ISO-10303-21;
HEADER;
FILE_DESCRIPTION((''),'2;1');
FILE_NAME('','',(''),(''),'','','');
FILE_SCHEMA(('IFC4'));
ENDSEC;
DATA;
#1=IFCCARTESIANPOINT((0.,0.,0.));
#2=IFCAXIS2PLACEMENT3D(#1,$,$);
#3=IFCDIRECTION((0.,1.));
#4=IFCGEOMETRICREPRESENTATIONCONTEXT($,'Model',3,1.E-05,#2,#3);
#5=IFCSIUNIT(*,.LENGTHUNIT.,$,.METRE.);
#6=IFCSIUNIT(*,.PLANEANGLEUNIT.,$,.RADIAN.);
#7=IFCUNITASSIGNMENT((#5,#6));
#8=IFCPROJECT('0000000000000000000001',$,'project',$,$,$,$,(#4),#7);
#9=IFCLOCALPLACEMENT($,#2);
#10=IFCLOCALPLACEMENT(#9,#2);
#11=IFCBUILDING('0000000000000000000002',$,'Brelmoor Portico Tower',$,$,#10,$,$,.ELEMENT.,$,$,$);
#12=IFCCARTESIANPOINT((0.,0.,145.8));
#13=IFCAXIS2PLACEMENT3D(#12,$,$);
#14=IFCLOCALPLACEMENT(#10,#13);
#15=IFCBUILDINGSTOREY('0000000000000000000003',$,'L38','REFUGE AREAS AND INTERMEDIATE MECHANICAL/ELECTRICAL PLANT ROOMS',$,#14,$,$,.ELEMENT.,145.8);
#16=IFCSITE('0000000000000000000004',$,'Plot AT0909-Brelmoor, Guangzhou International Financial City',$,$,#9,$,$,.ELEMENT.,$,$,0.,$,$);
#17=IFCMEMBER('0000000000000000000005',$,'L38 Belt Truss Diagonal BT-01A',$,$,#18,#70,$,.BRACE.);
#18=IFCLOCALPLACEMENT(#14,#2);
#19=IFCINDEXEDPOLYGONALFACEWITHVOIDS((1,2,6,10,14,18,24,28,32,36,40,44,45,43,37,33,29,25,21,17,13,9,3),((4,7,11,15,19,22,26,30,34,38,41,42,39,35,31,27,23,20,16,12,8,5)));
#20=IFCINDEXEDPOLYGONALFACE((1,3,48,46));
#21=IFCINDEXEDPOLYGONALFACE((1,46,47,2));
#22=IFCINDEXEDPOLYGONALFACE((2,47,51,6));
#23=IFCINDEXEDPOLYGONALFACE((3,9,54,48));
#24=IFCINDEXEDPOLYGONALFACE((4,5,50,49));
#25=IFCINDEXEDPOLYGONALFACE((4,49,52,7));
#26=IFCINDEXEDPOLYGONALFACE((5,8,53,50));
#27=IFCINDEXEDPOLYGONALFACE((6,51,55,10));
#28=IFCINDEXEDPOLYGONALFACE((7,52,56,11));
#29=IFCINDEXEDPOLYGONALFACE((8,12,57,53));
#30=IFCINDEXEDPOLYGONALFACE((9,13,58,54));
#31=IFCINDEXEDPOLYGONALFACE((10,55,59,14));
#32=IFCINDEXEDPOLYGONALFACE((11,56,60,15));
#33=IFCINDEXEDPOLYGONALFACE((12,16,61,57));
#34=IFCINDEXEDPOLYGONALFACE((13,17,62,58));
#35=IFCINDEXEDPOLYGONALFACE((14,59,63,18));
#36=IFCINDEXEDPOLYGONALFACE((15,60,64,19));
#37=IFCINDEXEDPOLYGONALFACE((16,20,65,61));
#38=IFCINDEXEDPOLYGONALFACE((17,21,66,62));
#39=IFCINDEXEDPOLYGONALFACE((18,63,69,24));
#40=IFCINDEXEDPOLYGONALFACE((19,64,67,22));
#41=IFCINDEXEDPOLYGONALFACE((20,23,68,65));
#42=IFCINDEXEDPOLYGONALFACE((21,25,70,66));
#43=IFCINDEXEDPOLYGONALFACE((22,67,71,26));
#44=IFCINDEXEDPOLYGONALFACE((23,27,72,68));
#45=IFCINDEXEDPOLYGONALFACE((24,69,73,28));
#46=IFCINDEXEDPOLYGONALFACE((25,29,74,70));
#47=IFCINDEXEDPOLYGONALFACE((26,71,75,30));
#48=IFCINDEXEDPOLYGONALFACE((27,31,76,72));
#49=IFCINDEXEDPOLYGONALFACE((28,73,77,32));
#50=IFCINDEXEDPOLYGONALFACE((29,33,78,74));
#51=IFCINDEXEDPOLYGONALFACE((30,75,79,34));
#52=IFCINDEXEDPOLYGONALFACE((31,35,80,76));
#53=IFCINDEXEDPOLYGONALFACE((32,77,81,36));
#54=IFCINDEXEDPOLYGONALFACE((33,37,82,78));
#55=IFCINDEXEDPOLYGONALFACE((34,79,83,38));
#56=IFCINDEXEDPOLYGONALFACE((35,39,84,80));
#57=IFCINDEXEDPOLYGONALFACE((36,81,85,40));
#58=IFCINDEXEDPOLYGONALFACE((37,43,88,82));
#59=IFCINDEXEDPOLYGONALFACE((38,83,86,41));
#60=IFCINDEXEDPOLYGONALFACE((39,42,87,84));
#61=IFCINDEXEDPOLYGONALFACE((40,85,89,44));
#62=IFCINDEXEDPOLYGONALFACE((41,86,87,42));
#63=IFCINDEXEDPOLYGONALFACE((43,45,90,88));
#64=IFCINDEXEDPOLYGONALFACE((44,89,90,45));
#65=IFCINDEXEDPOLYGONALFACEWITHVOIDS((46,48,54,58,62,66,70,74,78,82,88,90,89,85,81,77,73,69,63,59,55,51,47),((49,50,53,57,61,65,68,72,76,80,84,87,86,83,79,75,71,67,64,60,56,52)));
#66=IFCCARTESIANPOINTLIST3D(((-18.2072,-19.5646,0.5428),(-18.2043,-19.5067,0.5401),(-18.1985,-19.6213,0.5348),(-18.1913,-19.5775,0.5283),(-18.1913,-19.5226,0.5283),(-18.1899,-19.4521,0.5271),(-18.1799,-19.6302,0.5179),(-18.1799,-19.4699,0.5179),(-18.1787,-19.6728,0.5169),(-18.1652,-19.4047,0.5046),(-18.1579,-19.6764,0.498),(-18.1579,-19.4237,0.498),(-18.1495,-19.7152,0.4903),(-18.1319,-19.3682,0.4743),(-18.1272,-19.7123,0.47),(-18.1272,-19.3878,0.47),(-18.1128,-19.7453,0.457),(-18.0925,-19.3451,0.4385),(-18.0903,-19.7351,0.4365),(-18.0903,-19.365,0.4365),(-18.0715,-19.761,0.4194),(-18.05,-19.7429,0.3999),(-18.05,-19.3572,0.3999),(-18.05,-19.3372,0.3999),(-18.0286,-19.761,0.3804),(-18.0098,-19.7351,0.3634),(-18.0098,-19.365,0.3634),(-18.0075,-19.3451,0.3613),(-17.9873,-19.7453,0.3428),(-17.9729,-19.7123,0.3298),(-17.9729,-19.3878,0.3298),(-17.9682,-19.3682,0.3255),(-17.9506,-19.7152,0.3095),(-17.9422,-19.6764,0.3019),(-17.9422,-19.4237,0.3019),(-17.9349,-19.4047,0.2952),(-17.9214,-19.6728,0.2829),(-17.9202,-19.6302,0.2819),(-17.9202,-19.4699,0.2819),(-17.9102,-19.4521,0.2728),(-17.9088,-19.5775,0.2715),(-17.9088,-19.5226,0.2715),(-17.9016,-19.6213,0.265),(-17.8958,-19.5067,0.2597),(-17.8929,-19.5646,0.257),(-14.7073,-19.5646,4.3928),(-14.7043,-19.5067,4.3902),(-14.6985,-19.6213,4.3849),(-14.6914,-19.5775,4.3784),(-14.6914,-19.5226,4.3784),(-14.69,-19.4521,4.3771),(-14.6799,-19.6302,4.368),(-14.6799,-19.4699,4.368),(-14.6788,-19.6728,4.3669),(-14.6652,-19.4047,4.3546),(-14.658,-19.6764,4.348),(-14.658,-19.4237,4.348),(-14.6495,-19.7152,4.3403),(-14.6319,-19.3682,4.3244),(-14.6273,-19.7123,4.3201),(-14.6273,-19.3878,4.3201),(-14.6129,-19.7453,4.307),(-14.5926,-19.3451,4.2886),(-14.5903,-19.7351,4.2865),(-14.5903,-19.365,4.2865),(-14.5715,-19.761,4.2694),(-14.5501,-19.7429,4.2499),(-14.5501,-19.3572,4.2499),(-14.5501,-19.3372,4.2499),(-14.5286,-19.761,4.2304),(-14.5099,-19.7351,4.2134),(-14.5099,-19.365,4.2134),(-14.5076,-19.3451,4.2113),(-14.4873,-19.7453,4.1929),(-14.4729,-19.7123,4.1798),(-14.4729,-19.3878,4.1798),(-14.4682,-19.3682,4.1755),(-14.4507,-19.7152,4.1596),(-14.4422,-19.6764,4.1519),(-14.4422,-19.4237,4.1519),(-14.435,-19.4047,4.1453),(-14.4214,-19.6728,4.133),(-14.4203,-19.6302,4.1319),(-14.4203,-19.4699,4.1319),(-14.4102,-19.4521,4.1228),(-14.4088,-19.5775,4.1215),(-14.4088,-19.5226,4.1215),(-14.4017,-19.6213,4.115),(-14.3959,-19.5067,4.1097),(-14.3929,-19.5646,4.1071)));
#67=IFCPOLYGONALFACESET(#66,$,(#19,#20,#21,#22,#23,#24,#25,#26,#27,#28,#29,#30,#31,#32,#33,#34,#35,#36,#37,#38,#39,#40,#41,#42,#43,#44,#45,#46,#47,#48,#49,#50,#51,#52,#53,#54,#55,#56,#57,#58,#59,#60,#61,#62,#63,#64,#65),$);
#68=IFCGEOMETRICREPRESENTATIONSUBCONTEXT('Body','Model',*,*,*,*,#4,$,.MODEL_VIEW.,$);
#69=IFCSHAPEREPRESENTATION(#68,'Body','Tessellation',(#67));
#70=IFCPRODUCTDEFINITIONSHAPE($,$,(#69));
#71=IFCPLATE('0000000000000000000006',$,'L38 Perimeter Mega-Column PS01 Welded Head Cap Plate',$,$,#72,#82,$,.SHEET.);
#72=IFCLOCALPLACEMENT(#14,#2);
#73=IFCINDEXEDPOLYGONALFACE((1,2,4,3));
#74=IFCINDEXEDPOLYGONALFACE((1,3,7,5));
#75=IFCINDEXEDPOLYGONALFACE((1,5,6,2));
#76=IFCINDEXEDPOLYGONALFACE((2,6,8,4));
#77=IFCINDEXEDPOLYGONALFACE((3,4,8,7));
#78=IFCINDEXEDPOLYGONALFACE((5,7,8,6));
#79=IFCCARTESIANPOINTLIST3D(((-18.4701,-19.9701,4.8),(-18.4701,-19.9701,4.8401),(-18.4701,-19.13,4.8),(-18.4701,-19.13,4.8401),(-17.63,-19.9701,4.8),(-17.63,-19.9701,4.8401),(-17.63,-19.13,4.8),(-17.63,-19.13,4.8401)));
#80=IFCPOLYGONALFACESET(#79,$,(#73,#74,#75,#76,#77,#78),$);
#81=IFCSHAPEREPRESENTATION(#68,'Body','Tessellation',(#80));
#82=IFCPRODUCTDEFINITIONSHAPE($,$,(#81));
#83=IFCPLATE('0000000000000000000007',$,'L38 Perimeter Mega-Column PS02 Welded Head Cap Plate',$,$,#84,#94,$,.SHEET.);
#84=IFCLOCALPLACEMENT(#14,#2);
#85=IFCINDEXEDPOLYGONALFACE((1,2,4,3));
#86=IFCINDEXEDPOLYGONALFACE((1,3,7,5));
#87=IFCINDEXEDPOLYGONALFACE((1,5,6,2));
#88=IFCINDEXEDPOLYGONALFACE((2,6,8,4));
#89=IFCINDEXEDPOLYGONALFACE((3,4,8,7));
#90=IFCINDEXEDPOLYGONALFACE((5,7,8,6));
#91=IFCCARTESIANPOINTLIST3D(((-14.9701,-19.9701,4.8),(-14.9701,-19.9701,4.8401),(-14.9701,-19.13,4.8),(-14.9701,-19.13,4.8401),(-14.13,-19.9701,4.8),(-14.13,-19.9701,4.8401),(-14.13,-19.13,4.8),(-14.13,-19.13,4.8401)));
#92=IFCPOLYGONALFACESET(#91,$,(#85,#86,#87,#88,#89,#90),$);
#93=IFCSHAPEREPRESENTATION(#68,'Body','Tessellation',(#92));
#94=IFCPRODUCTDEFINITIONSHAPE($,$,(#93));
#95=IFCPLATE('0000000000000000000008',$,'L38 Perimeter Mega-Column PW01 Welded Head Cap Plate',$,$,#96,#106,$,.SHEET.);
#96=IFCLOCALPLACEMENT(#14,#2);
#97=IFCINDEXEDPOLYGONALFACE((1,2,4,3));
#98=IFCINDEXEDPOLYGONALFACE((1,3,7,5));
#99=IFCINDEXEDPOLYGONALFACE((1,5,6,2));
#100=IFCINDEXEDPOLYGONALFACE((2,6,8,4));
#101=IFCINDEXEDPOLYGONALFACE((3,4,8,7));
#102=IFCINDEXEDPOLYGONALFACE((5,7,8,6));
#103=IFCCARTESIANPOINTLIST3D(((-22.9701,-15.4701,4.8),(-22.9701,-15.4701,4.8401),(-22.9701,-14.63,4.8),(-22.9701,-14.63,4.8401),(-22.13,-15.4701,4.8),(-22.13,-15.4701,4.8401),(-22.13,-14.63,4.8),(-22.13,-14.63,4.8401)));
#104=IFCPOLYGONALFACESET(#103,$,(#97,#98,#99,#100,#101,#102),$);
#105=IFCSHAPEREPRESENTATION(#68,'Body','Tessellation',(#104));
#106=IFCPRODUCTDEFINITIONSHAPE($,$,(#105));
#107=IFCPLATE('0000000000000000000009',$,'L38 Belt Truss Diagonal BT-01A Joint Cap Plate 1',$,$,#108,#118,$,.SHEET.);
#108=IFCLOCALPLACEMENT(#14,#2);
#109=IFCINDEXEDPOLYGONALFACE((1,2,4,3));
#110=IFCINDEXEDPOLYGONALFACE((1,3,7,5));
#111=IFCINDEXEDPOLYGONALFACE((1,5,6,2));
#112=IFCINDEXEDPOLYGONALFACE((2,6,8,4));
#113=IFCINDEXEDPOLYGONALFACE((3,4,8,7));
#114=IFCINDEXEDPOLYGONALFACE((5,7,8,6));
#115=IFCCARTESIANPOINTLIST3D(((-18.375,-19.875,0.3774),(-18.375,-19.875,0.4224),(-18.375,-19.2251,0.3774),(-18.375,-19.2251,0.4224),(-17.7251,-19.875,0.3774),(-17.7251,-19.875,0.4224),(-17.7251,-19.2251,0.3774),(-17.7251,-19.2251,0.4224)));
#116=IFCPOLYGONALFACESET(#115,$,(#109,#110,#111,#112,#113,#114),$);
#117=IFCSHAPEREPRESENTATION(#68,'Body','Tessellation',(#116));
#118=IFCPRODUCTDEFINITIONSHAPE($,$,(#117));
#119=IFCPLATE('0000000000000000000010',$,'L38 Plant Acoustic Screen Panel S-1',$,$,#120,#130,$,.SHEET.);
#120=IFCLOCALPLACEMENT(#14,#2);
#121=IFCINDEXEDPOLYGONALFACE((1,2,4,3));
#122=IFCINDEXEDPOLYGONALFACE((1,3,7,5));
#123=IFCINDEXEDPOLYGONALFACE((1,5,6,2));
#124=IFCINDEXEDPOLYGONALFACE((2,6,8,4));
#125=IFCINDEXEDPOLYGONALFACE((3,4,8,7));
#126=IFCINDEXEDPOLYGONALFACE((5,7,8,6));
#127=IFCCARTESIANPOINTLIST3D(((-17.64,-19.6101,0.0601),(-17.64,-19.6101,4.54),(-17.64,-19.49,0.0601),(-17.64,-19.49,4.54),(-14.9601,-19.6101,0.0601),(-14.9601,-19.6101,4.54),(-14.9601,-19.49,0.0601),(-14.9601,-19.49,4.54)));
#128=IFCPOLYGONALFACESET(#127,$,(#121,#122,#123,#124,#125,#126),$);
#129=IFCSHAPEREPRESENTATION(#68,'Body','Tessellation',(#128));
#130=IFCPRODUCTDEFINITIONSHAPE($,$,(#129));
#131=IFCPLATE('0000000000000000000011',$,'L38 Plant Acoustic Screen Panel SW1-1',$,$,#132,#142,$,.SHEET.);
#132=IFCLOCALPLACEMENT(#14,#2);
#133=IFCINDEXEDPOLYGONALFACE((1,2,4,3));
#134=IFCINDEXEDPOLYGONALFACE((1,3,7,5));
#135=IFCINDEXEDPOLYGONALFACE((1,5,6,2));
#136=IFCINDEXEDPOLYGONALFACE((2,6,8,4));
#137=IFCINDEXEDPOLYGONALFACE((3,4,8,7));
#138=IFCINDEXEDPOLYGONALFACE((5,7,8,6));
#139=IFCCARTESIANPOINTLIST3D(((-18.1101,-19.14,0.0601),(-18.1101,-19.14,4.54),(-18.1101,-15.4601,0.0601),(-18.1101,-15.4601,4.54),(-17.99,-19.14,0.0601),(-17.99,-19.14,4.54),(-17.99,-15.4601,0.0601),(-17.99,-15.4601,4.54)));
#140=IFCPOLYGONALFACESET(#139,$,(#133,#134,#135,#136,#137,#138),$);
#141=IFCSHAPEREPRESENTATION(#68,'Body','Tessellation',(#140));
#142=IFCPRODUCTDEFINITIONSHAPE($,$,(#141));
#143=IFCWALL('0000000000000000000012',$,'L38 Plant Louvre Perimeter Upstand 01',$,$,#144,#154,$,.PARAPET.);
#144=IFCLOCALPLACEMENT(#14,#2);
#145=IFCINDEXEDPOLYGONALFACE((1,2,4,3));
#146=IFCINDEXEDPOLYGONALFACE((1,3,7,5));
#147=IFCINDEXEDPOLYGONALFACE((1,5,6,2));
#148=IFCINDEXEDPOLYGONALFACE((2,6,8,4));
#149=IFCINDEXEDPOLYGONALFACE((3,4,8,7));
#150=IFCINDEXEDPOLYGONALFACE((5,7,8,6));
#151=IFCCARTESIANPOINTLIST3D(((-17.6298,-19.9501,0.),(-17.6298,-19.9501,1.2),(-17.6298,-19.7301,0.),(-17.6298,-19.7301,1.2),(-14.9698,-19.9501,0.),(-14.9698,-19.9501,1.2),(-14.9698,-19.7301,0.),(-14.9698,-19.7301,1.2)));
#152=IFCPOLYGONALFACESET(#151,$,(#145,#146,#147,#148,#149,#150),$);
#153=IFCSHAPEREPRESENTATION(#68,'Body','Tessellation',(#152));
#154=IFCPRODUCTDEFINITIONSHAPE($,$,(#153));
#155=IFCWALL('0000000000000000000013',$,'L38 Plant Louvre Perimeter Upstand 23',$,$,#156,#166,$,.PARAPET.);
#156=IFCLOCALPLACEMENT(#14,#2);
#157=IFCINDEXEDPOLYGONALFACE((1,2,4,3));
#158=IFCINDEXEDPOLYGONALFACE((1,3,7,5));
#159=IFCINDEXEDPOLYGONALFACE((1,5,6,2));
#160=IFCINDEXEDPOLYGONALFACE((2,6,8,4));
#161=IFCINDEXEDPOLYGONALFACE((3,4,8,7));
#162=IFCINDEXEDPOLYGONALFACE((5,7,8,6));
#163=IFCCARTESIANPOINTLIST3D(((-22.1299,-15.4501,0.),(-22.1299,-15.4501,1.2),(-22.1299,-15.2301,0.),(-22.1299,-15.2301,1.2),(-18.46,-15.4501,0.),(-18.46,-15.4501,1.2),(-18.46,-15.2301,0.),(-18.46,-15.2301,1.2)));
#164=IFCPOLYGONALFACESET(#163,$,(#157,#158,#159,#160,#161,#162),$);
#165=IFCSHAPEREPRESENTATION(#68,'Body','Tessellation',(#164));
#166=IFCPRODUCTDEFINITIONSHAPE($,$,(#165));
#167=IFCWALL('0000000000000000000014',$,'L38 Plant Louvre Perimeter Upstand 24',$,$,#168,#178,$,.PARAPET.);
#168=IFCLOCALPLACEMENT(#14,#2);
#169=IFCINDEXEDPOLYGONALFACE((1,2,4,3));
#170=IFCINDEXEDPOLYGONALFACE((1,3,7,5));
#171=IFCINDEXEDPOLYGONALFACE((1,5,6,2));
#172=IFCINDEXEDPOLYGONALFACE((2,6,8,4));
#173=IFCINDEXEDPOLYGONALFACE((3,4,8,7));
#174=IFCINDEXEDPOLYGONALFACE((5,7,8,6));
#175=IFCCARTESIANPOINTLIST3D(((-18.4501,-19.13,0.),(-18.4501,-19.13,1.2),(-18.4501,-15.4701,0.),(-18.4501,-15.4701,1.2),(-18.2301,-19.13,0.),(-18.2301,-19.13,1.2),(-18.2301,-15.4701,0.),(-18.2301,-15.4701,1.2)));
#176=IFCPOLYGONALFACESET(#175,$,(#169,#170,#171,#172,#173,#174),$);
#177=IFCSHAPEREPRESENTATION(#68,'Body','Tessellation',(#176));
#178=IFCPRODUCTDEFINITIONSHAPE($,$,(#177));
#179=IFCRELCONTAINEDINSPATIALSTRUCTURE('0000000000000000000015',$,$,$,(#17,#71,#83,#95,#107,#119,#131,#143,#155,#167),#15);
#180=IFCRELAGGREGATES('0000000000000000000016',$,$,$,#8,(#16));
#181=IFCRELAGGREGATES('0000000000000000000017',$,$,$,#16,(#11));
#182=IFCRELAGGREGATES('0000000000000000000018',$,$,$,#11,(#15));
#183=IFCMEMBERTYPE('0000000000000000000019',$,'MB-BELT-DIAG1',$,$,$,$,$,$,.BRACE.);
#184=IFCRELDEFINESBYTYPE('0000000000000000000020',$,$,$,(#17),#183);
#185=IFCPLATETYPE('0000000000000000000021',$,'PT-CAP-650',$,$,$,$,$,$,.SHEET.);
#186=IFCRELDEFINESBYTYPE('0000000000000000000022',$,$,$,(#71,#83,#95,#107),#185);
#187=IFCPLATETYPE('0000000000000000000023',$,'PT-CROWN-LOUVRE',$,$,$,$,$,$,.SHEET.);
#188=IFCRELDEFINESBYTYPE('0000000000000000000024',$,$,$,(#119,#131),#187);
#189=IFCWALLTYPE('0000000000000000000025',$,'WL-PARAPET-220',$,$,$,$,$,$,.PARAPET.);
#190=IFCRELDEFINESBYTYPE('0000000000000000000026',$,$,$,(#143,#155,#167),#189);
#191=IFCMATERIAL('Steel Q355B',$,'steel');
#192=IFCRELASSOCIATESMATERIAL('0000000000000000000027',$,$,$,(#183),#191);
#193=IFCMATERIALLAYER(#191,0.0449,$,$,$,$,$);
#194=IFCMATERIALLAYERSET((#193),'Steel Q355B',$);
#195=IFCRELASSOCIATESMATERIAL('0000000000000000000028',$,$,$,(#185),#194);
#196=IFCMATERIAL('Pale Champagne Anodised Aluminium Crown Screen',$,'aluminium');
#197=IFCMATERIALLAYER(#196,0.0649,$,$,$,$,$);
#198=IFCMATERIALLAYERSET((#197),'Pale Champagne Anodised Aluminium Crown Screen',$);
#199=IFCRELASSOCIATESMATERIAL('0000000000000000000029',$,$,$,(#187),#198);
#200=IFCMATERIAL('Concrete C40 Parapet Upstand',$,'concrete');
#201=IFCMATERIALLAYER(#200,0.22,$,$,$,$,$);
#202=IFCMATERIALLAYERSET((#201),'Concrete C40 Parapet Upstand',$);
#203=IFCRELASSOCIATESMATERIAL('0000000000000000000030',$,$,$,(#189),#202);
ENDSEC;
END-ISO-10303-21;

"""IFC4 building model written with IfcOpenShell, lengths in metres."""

from ifc_helpers import new_model, si_unit, direction, frame, frame_2d, origin, origin_2d, place, context, subcontext, project, spatial, rectangle, hollow_circle, extrude, material, layer, layer_set, material_profile, profile_set, type_object, element, save


model = new_model("IFC4")

# Units and contexts
model_context = context("Model", 3, precision=1e-05, world=origin(), true_north=direction((0.0, 1.0)))
body_context = subcontext(model_context, "Body", "Model", "MODEL_VIEW")
ifc_project = project(units=[si_unit("LENGTHUNIT", "METRE"), si_unit("PLANEANGLEUNIT", "RADIAN")], contexts=[model_context])

# Site, building, storey
site_placement = place(None, origin())
site = spatial("IfcSite", under=ifc_project, at=site_placement, Name="Plot AT0909-Brelmoor, Guangzhou International Financial City", CompositionType="ELEMENT", RefElevation=0.0)
building_placement = place(site_placement, origin())
building = spatial("IfcBuilding", under=site, at=building_placement, Name="Brelmoor Portico Tower", CompositionType="ELEMENT")
storey_placement = place(building_placement, frame((0.0, 0.0, 145.8)))
storey = spatial("IfcBuildingStorey", under=building, at=storey_placement, Name="L38", Description="REFUGE AREAS AND INTERMEDIATE MECHANICAL/ELECTRICAL PLANT ROOMS", CompositionType="ELEMENT", Elevation=145.8)

# Shared definitions
ifc_material_1 = material(Name="Steel Q355B", Category="steel")

# Member
ifc_material_profile_1 = material_profile(ifc_material_1, hollow_circle(Radius=0.2129, WallThickness=0.02, at=origin_2d()), Name="CHS 426x20")
ifc_profile_set_1 = profile_set([ifc_material_profile_1], Name="Steel Q355B")
member_type_1 = type_object("IfcMemberType", Name="MB-BELT-DIAG1", PredefinedType="BRACE", material=ifc_profile_set_1)
member_1_placement = place(storey_placement, frame((-18.05, -19.55, 0.3999), z_axis=(0.672663, 0.0, 0.739949), x_axis=(0.0, 1.0, 0.0)))
element("IfcMember", 1, at=member_1_placement, inside=storey, type_object=member_type_1, Name="L38 Belt Truss Diagonal BT-01A", PredefinedType="BRACE", context=body_context, shape_type="SweptSolid", body=[
    extrude(hollow_circle(Radius=0.2129, WallThickness=0.02, at=origin_2d()), origin(), (0.0, 0.0, 1.0), 5.2031),
])

# Plates
ifc_layer_1 = layer(ifc_material_1, 0.0449)
ifc_layer_set_1 = layer_set([ifc_layer_1], Name="Steel Q355B")
plate_type_1 = type_object("IfcPlateType", Name="PT-CAP-650", PredefinedType="SHEET", material=ifc_layer_set_1)
for number, where, z_axis, x_axis, name in (
    (2, (-18.05, -19.55, 4.8), (0.0, 0.0, 1.0), (1.0, 0.0, 0.0), "L38 Perimeter Mega-Column PS01 Welded Head Cap Plate"),
    (3, (-14.55, -19.55, 4.8), (0.0, 0.0, 1.0), (1.0, 0.0, 0.0), "L38 Perimeter Mega-Column PS02 Welded Head Cap Plate"),
    (4, (-22.55, -15.05, 4.8), (0.0, 0.0, 1.0), (0.0, 1.0, 0.0), "L38 Perimeter Mega-Column PW01 Welded Head Cap Plate"),
):
    element("IfcPlate", number, at=place(storey_placement, frame(where, z_axis=z_axis, x_axis=x_axis)), inside=storey, type_object=plate_type_1, Name=name, PredefinedType="SHEET", context=body_context, shape_type="SweptSolid", body=[
        extrude(rectangle(XDim=0.8401, YDim=0.8401, at=origin_2d()), origin(), (0.0, 0.0, 1.0), 0.04),
    ])
plate_1_placement = place(storey_placement, frame((-18.05, -19.55, 0.3774), z_axis=(0.0, 0.0, 1.0), x_axis=(1.0, 0.0, 0.0)))
element("IfcPlate", 5, at=plate_1_placement, inside=storey, type_object=plate_type_1, Name="L38 Belt Truss Diagonal BT-01A Joint Cap Plate 1", PredefinedType="SHEET", context=body_context, shape_type="SweptSolid", body=[
    extrude(rectangle(XDim=0.6499, YDim=0.6499, at=origin_2d()), origin(), (0.0, 0.0, 1.0), 0.0449),
])
ifc_material_2 = material(Name="Pale Champagne Anodised Aluminium Crown Screen", Category="aluminium")
ifc_layer_2 = layer(ifc_material_2, 0.0649)
ifc_layer_set_2 = layer_set([ifc_layer_2], Name="Pale Champagne Anodised Aluminium Crown Screen")
plate_type_2 = type_object("IfcPlateType", Name="PT-CROWN-LOUVRE", PredefinedType="SHEET", material=ifc_layer_set_2)
plate_2_placement = place(storey_placement, frame((-16.3, -19.55, 0.0601), z_axis=(0.0, 0.0, 1.0), x_axis=(1.0, 0.0, 0.0)))
element("IfcPlate", 6, at=plate_2_placement, inside=storey, type_object=plate_type_2, Name="L38 Plant Acoustic Screen Panel S-1", PredefinedType="SHEET", context=body_context, shape_type="SweptSolid", body=[
    extrude(rectangle(XDim=2.6799, YDim=0.1201, at=origin_2d()), origin(), (0.0, 0.0, 1.0), 4.48),
])
plate_3_placement = place(storey_placement, frame((-18.05, -17.3, 0.0601), z_axis=(0.0, 0.0, 1.0), x_axis=(0.0, 1.0, 0.0)))
element("IfcPlate", 7, at=plate_3_placement, inside=storey, type_object=plate_type_2, Name="L38 Plant Acoustic Screen Panel SW1-1", PredefinedType="SHEET", context=body_context, shape_type="SweptSolid", body=[
    extrude(rectangle(XDim=3.6799, YDim=0.1201, at=origin_2d()), origin(), (0.0, 0.0, 1.0), 4.48),
])

# Walls
ifc_material_3 = material(Name="Concrete C40 Parapet Upstand", Category="concrete")
ifc_layer_3 = layer(ifc_material_3, 0.22)
ifc_layer_set_3 = layer_set([ifc_layer_3], Name="Concrete C40 Parapet Upstand")
wall_type_1 = type_object("IfcWallType", Name="WL-PARAPET-220", PredefinedType="PARAPET", material=ifc_layer_set_3)
wall_1_placement = place(storey_placement, frame((-17.6299, -19.8401, 0.0), z_axis=(0.0, 0.0, 1.0), x_axis=(1.0, 0.0, 0.0)))
element("IfcWall", 8, at=wall_1_placement, inside=storey, type_object=wall_type_1, Name="L38 Plant Louvre Perimeter Upstand 01", PredefinedType="PARAPET", context=body_context, shape_type="SweptSolid", body=[
    extrude(rectangle(XDim=2.6599, YDim=0.22, at=frame_2d((1.3301, 0.0))), origin(), (0.0, 0.0, 1.0), 1.2),
])
wall_2_placement = place(storey_placement, frame((-22.1299, -15.3401, 0.0), z_axis=(0.0, 0.0, 1.0), x_axis=(1.0, 0.0, 0.0)))
element("IfcWall", 9, at=wall_2_placement, inside=storey, type_object=wall_type_1, Name="L38 Plant Louvre Perimeter Upstand 23", PredefinedType="PARAPET", context=body_context, shape_type="SweptSolid", body=[
    extrude(rectangle(XDim=3.6699, YDim=0.22, at=frame_2d((1.835, 0.0))), origin(), (0.0, 0.0, 1.0), 1.2),
])
wall_3_placement = place(storey_placement, frame((-18.3401, -15.47, 0.0), z_axis=(0.0, 0.0, 1.0), x_axis=(0.0, -1.0, 0.0)))
element("IfcWall", 10, at=wall_3_placement, inside=storey, type_object=wall_type_1, Name="L38 Plant Louvre Perimeter Upstand 24", PredefinedType="PARAPET", context=body_context, shape_type="SweptSolid", body=[
    extrude(rectangle(XDim=3.6599, YDim=0.22, at=frame_2d((1.8301, 0.0))), origin(), (0.0, 0.0, 1.0), 1.2),
])

save(model, "model.ifc")
